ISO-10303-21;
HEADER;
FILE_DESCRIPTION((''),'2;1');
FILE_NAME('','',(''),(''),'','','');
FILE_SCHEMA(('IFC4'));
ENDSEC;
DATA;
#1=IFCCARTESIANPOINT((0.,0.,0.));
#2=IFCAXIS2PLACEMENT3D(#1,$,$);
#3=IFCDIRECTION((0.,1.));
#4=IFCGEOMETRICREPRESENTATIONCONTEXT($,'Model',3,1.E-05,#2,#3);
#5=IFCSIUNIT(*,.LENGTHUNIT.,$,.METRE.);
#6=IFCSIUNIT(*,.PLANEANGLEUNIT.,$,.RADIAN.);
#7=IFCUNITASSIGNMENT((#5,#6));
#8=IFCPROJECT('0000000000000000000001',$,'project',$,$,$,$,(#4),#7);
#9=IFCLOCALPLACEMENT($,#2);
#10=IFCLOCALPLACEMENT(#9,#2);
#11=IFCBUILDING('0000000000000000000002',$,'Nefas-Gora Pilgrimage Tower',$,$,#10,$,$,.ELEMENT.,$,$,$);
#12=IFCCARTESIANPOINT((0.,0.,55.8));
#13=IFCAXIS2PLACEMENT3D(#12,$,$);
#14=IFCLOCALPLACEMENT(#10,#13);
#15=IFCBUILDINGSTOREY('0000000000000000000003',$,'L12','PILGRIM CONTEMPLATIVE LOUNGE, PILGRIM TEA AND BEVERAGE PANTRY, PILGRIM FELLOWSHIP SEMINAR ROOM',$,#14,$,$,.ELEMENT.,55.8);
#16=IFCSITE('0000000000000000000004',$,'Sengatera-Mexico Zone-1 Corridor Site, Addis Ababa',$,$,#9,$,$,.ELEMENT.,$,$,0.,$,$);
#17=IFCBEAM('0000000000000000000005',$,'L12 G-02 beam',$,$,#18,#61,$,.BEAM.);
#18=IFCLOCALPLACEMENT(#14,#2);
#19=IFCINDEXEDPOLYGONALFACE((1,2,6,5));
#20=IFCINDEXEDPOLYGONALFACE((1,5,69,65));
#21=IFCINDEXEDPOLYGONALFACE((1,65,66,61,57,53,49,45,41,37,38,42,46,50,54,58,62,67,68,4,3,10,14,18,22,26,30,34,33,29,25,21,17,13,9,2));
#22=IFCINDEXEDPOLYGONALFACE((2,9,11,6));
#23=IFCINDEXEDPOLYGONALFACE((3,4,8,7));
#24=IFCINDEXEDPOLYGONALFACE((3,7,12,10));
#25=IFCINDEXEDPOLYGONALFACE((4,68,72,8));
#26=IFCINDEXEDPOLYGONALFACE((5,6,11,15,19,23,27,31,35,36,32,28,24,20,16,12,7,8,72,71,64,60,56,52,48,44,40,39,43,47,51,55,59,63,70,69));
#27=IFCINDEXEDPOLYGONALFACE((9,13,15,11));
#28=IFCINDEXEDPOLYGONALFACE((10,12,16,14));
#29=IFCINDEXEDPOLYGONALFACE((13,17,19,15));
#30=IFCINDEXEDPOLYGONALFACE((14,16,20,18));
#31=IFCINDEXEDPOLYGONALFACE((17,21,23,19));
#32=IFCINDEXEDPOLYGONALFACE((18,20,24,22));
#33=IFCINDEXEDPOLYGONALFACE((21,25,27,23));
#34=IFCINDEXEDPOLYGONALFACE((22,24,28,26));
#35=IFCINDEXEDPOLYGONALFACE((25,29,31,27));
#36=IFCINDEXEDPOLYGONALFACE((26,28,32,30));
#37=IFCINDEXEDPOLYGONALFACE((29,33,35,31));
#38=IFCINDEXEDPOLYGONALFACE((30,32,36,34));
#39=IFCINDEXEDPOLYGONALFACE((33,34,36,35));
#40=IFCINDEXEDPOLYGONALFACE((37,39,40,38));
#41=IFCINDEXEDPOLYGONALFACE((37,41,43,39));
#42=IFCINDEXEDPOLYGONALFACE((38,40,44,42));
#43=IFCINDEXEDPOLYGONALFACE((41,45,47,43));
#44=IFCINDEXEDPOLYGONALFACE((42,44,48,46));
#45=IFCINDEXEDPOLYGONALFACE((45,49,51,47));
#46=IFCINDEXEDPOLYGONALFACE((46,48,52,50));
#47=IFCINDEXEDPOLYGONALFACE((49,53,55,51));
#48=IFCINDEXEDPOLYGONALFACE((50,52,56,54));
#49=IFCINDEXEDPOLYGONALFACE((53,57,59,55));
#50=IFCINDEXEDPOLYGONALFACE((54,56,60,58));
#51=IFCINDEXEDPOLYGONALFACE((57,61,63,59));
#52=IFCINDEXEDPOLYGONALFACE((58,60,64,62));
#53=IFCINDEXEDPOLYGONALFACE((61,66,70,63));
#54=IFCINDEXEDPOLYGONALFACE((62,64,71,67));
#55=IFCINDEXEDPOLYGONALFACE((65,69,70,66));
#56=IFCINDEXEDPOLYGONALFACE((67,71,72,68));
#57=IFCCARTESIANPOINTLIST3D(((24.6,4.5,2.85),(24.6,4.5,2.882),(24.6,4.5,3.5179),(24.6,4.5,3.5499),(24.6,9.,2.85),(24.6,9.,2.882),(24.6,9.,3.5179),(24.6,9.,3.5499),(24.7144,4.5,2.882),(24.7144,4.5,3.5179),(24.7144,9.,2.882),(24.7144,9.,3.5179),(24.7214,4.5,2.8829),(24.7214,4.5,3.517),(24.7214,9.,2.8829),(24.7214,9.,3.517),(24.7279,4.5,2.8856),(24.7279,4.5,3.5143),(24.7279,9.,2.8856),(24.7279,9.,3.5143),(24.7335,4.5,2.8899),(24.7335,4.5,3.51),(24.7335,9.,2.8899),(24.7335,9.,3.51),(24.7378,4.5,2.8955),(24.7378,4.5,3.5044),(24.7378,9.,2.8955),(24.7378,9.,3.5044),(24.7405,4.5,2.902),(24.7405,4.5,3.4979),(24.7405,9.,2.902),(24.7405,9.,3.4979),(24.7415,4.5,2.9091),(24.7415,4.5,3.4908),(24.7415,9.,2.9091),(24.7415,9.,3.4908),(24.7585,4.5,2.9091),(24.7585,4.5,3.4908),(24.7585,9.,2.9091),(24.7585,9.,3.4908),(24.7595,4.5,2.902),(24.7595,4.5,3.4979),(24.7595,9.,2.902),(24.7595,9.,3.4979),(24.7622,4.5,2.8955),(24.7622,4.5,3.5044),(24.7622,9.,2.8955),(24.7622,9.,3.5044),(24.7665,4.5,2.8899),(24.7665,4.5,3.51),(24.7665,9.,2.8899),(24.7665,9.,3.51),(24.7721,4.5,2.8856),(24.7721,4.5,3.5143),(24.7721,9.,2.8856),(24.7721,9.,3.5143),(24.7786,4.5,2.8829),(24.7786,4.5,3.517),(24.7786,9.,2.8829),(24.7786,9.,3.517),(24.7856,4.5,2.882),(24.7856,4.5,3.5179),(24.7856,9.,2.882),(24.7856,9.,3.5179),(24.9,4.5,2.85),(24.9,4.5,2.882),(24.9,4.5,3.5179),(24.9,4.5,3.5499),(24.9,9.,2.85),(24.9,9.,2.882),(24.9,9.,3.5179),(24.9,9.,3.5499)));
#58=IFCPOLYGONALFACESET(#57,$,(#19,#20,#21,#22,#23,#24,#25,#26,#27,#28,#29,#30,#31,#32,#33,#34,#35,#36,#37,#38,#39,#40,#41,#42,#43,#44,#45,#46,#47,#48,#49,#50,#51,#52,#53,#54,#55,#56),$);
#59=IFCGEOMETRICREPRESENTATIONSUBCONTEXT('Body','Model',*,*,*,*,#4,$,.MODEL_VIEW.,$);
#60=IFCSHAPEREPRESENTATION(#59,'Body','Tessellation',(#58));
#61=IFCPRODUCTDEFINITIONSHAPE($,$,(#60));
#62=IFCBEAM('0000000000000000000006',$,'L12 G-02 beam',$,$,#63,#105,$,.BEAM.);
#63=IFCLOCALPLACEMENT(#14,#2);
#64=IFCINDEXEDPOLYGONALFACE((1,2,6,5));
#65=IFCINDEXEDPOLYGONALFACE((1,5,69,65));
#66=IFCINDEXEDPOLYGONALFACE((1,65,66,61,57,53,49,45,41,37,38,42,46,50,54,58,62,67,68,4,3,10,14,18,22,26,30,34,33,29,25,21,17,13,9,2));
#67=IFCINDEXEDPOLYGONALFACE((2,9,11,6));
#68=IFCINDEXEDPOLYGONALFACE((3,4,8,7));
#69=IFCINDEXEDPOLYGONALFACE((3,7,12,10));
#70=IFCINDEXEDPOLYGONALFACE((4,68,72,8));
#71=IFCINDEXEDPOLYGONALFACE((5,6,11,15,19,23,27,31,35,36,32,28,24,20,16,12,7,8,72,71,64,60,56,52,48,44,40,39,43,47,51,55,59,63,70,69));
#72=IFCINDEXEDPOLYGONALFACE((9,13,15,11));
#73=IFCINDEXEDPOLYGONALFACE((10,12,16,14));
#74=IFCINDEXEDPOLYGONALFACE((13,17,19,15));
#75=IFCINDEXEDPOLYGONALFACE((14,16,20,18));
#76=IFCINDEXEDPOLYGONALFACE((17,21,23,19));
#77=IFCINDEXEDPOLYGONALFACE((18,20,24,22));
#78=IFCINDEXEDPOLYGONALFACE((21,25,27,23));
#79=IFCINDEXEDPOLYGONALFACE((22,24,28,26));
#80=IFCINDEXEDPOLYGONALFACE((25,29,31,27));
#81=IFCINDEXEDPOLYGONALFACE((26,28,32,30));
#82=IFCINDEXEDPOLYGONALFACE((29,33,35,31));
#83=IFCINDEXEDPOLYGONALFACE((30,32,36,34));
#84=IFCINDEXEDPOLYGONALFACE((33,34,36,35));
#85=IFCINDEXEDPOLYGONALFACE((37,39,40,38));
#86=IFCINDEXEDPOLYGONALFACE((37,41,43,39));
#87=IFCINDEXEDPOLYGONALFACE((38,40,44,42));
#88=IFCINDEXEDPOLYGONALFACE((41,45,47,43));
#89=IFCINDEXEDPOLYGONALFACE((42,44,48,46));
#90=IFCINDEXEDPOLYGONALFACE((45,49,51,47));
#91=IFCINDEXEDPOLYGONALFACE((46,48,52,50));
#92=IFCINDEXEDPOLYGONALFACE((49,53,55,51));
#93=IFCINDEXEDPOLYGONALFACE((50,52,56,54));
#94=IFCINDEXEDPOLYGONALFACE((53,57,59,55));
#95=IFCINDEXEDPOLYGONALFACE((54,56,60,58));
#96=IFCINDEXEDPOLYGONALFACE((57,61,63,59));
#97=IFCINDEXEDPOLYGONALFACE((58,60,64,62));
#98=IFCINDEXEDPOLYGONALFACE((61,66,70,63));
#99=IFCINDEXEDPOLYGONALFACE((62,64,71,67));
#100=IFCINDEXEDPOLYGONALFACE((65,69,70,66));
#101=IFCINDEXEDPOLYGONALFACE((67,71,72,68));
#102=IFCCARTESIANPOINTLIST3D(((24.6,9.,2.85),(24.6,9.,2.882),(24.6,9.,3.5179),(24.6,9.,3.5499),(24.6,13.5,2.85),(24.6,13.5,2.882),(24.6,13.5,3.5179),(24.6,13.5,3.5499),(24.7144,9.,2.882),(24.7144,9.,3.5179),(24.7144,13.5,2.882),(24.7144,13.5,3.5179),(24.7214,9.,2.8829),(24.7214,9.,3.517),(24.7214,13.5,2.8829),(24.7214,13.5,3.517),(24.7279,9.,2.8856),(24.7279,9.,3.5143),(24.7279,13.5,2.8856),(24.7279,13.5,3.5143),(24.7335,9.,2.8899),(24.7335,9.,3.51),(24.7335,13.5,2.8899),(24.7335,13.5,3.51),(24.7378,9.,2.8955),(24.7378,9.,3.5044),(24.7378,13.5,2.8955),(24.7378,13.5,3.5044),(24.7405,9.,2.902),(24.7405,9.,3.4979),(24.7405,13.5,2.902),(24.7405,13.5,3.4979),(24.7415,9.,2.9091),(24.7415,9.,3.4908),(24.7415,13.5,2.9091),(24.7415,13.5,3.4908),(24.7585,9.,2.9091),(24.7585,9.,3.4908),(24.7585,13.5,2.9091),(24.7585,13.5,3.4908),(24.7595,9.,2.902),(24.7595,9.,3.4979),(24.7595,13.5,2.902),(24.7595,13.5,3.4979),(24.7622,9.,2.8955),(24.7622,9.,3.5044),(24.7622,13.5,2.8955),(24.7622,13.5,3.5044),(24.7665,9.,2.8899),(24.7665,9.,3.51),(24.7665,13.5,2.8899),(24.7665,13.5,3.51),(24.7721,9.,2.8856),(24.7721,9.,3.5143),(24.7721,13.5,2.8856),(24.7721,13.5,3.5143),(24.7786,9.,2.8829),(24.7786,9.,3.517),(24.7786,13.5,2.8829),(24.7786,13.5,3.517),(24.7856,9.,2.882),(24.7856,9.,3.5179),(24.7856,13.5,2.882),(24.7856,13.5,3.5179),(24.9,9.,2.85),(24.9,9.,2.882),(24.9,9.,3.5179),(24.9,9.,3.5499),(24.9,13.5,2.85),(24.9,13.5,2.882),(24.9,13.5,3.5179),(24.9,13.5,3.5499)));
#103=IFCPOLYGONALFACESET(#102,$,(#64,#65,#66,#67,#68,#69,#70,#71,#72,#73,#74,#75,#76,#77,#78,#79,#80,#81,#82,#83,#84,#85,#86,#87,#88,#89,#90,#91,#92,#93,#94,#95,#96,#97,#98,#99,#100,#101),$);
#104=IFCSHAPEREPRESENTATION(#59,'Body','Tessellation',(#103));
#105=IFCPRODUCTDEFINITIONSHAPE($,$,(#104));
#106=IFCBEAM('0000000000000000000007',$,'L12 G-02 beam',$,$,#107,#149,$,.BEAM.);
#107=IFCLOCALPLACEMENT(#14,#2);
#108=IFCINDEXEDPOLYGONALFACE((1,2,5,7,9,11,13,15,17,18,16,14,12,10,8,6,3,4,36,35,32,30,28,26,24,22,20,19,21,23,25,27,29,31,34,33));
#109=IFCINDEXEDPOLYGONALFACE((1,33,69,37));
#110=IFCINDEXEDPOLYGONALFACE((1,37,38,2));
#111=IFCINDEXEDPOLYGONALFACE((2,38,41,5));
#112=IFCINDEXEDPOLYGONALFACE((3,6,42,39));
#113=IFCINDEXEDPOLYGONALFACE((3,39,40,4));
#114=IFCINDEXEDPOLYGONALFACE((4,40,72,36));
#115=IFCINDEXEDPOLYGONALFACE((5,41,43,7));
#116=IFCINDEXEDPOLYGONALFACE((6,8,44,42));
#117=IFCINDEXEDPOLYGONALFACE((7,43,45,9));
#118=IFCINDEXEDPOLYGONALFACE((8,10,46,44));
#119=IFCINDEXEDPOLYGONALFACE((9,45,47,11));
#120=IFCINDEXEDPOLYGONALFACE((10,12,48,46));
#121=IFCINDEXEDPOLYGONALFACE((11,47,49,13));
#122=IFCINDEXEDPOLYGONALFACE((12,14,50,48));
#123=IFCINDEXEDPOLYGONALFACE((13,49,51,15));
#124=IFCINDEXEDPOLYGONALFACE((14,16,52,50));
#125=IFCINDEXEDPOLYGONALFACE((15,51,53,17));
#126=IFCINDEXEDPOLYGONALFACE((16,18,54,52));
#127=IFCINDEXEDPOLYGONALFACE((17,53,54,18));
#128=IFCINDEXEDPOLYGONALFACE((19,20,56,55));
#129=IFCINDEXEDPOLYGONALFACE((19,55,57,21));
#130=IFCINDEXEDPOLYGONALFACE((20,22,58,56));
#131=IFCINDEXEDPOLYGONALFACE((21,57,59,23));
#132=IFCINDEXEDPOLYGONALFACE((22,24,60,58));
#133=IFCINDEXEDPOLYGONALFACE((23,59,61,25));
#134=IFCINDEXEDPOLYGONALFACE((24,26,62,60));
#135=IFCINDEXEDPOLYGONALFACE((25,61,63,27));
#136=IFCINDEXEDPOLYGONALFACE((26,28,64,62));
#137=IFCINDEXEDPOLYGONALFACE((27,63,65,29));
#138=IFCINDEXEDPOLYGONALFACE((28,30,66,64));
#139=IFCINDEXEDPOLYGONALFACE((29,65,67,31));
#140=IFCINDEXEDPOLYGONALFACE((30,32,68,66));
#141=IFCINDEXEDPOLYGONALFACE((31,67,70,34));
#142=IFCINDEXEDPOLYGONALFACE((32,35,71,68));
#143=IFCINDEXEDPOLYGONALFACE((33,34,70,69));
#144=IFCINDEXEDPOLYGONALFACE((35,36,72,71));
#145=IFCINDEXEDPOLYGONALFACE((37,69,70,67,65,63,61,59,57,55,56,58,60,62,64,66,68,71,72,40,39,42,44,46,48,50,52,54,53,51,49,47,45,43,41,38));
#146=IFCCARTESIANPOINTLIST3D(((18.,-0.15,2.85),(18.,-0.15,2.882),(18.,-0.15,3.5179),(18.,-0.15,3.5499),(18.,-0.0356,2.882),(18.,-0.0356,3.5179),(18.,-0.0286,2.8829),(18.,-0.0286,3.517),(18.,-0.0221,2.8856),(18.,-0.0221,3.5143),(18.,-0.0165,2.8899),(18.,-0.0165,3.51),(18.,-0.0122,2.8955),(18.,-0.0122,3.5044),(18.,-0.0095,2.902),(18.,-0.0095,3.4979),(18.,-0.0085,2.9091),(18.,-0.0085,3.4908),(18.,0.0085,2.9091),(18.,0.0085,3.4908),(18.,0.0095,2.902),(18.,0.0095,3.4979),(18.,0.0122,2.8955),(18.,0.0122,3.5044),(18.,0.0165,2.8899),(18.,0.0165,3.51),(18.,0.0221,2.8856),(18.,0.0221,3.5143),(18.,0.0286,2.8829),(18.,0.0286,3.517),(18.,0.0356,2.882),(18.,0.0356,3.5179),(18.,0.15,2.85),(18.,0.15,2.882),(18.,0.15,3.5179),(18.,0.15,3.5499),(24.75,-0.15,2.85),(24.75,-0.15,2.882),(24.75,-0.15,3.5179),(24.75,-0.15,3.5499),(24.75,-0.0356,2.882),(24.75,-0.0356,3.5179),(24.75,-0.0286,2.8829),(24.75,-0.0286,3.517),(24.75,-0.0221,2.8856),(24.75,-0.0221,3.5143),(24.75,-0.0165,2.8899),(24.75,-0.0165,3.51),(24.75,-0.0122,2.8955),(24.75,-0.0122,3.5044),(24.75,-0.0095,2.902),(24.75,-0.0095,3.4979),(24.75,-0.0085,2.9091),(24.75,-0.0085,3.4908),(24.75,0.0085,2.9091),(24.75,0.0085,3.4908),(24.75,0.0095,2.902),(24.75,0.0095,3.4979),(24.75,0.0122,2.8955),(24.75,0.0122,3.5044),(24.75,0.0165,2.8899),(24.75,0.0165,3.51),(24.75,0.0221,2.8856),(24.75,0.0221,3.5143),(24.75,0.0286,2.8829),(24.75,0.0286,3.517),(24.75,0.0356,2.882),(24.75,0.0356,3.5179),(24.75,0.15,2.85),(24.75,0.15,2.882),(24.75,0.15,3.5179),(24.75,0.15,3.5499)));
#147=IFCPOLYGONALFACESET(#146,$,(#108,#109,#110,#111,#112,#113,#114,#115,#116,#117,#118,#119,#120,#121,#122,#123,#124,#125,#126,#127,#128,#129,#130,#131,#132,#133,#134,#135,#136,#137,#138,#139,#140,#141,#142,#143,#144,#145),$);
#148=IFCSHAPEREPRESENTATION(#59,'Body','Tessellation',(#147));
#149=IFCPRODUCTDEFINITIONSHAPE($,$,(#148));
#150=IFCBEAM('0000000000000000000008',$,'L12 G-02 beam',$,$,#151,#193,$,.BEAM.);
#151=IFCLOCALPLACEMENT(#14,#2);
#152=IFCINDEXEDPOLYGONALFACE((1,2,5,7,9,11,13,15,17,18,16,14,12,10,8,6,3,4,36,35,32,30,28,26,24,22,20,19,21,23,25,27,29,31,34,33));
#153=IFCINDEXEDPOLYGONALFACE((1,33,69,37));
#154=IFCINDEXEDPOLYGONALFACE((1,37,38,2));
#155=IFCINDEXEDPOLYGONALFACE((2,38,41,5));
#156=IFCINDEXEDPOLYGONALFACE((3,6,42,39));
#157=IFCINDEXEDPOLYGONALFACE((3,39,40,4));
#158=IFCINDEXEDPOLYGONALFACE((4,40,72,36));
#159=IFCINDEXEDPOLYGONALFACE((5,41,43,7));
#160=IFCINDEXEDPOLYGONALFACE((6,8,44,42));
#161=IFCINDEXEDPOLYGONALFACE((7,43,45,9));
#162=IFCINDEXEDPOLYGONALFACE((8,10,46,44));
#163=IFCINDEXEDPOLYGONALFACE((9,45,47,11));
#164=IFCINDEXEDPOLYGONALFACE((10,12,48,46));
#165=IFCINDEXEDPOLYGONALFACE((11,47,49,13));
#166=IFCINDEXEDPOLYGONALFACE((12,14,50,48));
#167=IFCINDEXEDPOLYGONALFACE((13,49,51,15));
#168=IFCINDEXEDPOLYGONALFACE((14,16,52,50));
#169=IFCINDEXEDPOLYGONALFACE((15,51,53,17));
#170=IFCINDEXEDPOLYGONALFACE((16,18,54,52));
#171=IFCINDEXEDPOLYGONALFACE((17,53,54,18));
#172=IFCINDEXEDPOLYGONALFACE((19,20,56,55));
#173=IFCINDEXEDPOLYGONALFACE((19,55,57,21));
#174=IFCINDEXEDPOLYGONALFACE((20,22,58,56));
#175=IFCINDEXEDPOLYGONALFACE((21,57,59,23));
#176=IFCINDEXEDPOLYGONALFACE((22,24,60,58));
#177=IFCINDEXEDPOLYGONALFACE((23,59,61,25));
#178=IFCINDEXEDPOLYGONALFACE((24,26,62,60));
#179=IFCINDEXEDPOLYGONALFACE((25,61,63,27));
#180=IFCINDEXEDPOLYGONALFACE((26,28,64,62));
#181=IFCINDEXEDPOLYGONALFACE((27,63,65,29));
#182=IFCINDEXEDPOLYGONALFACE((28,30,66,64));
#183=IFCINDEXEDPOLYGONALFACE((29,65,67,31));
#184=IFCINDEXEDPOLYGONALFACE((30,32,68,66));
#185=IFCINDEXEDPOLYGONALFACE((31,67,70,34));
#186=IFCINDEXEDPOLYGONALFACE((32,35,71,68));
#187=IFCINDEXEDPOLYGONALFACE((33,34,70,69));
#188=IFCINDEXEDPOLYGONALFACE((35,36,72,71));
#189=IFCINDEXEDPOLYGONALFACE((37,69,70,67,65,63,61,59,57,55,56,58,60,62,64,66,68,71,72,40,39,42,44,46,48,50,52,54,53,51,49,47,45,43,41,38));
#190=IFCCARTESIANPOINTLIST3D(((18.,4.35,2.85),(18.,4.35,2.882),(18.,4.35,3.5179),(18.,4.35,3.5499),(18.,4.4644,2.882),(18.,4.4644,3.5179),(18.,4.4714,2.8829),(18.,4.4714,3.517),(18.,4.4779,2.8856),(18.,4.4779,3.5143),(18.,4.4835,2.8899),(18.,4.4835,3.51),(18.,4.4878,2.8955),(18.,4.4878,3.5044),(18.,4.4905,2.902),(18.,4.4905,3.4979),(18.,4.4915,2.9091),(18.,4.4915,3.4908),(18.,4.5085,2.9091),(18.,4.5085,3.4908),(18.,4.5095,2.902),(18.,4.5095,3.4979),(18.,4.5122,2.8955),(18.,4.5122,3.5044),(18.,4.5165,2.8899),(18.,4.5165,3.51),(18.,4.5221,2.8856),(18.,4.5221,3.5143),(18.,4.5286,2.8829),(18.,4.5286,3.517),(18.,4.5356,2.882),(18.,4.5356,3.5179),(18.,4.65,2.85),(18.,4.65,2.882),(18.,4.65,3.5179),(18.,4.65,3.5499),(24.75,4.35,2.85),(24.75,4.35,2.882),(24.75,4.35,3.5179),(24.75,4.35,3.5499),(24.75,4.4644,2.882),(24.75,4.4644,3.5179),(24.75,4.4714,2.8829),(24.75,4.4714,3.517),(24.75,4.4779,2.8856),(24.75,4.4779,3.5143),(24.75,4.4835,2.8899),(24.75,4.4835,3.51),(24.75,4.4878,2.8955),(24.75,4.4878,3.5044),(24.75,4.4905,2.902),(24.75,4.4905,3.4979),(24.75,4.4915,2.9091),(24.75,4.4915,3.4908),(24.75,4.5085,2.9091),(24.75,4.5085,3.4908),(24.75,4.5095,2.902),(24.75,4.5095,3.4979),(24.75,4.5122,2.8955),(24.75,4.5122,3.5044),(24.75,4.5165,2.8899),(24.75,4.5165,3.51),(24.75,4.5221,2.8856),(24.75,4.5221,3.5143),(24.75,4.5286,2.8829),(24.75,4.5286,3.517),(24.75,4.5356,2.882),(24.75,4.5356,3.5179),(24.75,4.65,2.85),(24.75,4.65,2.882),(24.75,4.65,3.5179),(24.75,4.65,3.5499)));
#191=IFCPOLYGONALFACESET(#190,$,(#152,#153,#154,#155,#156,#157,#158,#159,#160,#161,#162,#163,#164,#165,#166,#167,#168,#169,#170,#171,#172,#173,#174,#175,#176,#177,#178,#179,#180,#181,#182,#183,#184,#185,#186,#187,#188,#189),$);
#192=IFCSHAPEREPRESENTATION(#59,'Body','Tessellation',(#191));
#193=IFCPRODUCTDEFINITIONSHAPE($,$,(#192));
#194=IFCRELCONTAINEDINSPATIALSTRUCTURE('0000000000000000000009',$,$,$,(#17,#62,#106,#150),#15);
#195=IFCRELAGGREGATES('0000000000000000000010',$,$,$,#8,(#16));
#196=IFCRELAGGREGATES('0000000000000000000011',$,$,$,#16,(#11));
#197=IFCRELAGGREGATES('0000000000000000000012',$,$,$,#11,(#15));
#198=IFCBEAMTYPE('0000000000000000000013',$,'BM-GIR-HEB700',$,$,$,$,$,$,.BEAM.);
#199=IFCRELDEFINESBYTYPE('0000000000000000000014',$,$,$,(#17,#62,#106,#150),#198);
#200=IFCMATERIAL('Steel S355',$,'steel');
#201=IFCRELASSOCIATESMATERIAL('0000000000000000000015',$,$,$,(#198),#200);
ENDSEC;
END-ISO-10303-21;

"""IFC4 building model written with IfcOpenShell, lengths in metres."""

from ifc_helpers import new_model, si_unit, direction, frame, origin, origin_2d, place, context, subcontext, project, spatial, i_section, extrude, source, transform, mapped, material, material_profile, profile_set, type_object, element, save


model = new_model("IFC4")

# Units and contexts
model_context = context("Model", 3, precision=1e-05, world=origin(), true_north=direction((0.0, 1.0)))
body_context = subcontext(model_context, "Body", "Model", "MODEL_VIEW")
ifc_project = project(units=[si_unit("LENGTHUNIT", "METRE"), si_unit("PLANEANGLEUNIT", "RADIAN")], contexts=[model_context])

# Site, building, storey
site_placement = place(None, origin())
site = spatial("IfcSite", under=ifc_project, at=site_placement, Name="Sengatera-Mexico Zone-1 Corridor Site, Addis Ababa", CompositionType="ELEMENT", RefElevation=0.0)
building_placement = place(site_placement, origin())
building = spatial("IfcBuilding", under=site, at=building_placement, Name="Nefas-Gora Pilgrimage Tower", CompositionType="ELEMENT")
storey_placement = place(building_placement, frame((0.0, 0.0, 55.8)))
storey = spatial("IfcBuildingStorey", under=building, at=storey_placement, Name="L12", Description="PILGRIM CONTEMPLATIVE LOUNGE, PILGRIM TEA AND BEVERAGE PANTRY, PILGRIM FELLOWSHIP SEMINAR ROOM", CompositionType="ELEMENT", Elevation=55.8)

# Beams
ifc_material_1 = material(Name="Steel S355", Category="steel")
ifc_material_profile_1 = material_profile(ifc_material_1, i_section(OverallWidth=0.3, OverallDepth=0.7, WebThickness=0.0171, FlangeThickness=0.032, FilletRadius=0.0271, at=origin_2d()), Name="HEB 700")
ifc_profile_set_1 = profile_set([ifc_material_profile_1], Name="Steel S355")
beam_type_1 = type_object("IfcBeamType", Name="BM-GIR-HEB700", PredefinedType="BEAM", material=ifc_profile_set_1)
shared_shape_1 = source(origin(), body_context, "Body", "SweptSolid", [
    extrude(i_section(OverallWidth=0.3, OverallDepth=0.7, WebThickness=0.0171, FlangeThickness=0.032, FilletRadius=0.0271, at=origin_2d()), origin(), (0.0, 0.0, 1.0), 4.5),
])
for number, where, z_axis, x_axis, name in (
    (1, (24.75, 4.5, 3.2), (0.0, 1.0, 0.0), (-1.0, 0.0, 0.0), "L12 G-02 beam"),
    (2, (24.75, 9.0, 3.2), (0.0, 1.0, 0.0), (-1.0, 0.0, 0.0), "L12 G-02 beam"),
):
    element("IfcBeam", number, at=place(storey_placement, frame(where, z_axis=z_axis, x_axis=x_axis)), inside=storey, type_object=beam_type_1, Name=name, PredefinedType="BEAM", context=body_context, shape_type="MappedRepresentation", body=[
        mapped(shared_shape_1, transform((0.0, 0.0, 0.0), x_axis=(1.0, 0.0, 0.0), y_axis=(0.0, 1.0, 0.0), z_axis=(0.0, 0.0, 1.0), scale=1.0)),
    ])
shared_shape_2 = source(origin(), body_context, "Body", "SweptSolid", [
    extrude(i_section(OverallWidth=0.3, OverallDepth=0.7, WebThickness=0.0171, FlangeThickness=0.032, FilletRadius=0.0271, at=origin_2d()), origin(), (0.0, 0.0, 1.0), 6.75),
])
for number, where, z_axis, x_axis, name in (
    (3, (18.0, 0.0, 3.2), (1.0, 0.0, 0.0), (0.0, 1.0, 0.0), "L12 G-02 beam"),
    (4, (18.0, 4.5, 3.2), (1.0, 0.0, 0.0), (0.0, 1.0, 0.0), "L12 G-02 beam"),
):
    element("IfcBeam", number, at=place(storey_placement, frame(where, z_axis=z_axis, x_axis=x_axis)), inside=storey, type_object=beam_type_1, Name=name, PredefinedType="BEAM", context=body_context, shape_type="MappedRepresentation", body=[
        mapped(shared_shape_2, transform((0.0, 0.0, 0.0), x_axis=(1.0, 0.0, 0.0), y_axis=(0.0, 1.0, 0.0), z_axis=(0.0, 0.0, 1.0), scale=1.0)),
    ])

save(model, "model.ifc")
